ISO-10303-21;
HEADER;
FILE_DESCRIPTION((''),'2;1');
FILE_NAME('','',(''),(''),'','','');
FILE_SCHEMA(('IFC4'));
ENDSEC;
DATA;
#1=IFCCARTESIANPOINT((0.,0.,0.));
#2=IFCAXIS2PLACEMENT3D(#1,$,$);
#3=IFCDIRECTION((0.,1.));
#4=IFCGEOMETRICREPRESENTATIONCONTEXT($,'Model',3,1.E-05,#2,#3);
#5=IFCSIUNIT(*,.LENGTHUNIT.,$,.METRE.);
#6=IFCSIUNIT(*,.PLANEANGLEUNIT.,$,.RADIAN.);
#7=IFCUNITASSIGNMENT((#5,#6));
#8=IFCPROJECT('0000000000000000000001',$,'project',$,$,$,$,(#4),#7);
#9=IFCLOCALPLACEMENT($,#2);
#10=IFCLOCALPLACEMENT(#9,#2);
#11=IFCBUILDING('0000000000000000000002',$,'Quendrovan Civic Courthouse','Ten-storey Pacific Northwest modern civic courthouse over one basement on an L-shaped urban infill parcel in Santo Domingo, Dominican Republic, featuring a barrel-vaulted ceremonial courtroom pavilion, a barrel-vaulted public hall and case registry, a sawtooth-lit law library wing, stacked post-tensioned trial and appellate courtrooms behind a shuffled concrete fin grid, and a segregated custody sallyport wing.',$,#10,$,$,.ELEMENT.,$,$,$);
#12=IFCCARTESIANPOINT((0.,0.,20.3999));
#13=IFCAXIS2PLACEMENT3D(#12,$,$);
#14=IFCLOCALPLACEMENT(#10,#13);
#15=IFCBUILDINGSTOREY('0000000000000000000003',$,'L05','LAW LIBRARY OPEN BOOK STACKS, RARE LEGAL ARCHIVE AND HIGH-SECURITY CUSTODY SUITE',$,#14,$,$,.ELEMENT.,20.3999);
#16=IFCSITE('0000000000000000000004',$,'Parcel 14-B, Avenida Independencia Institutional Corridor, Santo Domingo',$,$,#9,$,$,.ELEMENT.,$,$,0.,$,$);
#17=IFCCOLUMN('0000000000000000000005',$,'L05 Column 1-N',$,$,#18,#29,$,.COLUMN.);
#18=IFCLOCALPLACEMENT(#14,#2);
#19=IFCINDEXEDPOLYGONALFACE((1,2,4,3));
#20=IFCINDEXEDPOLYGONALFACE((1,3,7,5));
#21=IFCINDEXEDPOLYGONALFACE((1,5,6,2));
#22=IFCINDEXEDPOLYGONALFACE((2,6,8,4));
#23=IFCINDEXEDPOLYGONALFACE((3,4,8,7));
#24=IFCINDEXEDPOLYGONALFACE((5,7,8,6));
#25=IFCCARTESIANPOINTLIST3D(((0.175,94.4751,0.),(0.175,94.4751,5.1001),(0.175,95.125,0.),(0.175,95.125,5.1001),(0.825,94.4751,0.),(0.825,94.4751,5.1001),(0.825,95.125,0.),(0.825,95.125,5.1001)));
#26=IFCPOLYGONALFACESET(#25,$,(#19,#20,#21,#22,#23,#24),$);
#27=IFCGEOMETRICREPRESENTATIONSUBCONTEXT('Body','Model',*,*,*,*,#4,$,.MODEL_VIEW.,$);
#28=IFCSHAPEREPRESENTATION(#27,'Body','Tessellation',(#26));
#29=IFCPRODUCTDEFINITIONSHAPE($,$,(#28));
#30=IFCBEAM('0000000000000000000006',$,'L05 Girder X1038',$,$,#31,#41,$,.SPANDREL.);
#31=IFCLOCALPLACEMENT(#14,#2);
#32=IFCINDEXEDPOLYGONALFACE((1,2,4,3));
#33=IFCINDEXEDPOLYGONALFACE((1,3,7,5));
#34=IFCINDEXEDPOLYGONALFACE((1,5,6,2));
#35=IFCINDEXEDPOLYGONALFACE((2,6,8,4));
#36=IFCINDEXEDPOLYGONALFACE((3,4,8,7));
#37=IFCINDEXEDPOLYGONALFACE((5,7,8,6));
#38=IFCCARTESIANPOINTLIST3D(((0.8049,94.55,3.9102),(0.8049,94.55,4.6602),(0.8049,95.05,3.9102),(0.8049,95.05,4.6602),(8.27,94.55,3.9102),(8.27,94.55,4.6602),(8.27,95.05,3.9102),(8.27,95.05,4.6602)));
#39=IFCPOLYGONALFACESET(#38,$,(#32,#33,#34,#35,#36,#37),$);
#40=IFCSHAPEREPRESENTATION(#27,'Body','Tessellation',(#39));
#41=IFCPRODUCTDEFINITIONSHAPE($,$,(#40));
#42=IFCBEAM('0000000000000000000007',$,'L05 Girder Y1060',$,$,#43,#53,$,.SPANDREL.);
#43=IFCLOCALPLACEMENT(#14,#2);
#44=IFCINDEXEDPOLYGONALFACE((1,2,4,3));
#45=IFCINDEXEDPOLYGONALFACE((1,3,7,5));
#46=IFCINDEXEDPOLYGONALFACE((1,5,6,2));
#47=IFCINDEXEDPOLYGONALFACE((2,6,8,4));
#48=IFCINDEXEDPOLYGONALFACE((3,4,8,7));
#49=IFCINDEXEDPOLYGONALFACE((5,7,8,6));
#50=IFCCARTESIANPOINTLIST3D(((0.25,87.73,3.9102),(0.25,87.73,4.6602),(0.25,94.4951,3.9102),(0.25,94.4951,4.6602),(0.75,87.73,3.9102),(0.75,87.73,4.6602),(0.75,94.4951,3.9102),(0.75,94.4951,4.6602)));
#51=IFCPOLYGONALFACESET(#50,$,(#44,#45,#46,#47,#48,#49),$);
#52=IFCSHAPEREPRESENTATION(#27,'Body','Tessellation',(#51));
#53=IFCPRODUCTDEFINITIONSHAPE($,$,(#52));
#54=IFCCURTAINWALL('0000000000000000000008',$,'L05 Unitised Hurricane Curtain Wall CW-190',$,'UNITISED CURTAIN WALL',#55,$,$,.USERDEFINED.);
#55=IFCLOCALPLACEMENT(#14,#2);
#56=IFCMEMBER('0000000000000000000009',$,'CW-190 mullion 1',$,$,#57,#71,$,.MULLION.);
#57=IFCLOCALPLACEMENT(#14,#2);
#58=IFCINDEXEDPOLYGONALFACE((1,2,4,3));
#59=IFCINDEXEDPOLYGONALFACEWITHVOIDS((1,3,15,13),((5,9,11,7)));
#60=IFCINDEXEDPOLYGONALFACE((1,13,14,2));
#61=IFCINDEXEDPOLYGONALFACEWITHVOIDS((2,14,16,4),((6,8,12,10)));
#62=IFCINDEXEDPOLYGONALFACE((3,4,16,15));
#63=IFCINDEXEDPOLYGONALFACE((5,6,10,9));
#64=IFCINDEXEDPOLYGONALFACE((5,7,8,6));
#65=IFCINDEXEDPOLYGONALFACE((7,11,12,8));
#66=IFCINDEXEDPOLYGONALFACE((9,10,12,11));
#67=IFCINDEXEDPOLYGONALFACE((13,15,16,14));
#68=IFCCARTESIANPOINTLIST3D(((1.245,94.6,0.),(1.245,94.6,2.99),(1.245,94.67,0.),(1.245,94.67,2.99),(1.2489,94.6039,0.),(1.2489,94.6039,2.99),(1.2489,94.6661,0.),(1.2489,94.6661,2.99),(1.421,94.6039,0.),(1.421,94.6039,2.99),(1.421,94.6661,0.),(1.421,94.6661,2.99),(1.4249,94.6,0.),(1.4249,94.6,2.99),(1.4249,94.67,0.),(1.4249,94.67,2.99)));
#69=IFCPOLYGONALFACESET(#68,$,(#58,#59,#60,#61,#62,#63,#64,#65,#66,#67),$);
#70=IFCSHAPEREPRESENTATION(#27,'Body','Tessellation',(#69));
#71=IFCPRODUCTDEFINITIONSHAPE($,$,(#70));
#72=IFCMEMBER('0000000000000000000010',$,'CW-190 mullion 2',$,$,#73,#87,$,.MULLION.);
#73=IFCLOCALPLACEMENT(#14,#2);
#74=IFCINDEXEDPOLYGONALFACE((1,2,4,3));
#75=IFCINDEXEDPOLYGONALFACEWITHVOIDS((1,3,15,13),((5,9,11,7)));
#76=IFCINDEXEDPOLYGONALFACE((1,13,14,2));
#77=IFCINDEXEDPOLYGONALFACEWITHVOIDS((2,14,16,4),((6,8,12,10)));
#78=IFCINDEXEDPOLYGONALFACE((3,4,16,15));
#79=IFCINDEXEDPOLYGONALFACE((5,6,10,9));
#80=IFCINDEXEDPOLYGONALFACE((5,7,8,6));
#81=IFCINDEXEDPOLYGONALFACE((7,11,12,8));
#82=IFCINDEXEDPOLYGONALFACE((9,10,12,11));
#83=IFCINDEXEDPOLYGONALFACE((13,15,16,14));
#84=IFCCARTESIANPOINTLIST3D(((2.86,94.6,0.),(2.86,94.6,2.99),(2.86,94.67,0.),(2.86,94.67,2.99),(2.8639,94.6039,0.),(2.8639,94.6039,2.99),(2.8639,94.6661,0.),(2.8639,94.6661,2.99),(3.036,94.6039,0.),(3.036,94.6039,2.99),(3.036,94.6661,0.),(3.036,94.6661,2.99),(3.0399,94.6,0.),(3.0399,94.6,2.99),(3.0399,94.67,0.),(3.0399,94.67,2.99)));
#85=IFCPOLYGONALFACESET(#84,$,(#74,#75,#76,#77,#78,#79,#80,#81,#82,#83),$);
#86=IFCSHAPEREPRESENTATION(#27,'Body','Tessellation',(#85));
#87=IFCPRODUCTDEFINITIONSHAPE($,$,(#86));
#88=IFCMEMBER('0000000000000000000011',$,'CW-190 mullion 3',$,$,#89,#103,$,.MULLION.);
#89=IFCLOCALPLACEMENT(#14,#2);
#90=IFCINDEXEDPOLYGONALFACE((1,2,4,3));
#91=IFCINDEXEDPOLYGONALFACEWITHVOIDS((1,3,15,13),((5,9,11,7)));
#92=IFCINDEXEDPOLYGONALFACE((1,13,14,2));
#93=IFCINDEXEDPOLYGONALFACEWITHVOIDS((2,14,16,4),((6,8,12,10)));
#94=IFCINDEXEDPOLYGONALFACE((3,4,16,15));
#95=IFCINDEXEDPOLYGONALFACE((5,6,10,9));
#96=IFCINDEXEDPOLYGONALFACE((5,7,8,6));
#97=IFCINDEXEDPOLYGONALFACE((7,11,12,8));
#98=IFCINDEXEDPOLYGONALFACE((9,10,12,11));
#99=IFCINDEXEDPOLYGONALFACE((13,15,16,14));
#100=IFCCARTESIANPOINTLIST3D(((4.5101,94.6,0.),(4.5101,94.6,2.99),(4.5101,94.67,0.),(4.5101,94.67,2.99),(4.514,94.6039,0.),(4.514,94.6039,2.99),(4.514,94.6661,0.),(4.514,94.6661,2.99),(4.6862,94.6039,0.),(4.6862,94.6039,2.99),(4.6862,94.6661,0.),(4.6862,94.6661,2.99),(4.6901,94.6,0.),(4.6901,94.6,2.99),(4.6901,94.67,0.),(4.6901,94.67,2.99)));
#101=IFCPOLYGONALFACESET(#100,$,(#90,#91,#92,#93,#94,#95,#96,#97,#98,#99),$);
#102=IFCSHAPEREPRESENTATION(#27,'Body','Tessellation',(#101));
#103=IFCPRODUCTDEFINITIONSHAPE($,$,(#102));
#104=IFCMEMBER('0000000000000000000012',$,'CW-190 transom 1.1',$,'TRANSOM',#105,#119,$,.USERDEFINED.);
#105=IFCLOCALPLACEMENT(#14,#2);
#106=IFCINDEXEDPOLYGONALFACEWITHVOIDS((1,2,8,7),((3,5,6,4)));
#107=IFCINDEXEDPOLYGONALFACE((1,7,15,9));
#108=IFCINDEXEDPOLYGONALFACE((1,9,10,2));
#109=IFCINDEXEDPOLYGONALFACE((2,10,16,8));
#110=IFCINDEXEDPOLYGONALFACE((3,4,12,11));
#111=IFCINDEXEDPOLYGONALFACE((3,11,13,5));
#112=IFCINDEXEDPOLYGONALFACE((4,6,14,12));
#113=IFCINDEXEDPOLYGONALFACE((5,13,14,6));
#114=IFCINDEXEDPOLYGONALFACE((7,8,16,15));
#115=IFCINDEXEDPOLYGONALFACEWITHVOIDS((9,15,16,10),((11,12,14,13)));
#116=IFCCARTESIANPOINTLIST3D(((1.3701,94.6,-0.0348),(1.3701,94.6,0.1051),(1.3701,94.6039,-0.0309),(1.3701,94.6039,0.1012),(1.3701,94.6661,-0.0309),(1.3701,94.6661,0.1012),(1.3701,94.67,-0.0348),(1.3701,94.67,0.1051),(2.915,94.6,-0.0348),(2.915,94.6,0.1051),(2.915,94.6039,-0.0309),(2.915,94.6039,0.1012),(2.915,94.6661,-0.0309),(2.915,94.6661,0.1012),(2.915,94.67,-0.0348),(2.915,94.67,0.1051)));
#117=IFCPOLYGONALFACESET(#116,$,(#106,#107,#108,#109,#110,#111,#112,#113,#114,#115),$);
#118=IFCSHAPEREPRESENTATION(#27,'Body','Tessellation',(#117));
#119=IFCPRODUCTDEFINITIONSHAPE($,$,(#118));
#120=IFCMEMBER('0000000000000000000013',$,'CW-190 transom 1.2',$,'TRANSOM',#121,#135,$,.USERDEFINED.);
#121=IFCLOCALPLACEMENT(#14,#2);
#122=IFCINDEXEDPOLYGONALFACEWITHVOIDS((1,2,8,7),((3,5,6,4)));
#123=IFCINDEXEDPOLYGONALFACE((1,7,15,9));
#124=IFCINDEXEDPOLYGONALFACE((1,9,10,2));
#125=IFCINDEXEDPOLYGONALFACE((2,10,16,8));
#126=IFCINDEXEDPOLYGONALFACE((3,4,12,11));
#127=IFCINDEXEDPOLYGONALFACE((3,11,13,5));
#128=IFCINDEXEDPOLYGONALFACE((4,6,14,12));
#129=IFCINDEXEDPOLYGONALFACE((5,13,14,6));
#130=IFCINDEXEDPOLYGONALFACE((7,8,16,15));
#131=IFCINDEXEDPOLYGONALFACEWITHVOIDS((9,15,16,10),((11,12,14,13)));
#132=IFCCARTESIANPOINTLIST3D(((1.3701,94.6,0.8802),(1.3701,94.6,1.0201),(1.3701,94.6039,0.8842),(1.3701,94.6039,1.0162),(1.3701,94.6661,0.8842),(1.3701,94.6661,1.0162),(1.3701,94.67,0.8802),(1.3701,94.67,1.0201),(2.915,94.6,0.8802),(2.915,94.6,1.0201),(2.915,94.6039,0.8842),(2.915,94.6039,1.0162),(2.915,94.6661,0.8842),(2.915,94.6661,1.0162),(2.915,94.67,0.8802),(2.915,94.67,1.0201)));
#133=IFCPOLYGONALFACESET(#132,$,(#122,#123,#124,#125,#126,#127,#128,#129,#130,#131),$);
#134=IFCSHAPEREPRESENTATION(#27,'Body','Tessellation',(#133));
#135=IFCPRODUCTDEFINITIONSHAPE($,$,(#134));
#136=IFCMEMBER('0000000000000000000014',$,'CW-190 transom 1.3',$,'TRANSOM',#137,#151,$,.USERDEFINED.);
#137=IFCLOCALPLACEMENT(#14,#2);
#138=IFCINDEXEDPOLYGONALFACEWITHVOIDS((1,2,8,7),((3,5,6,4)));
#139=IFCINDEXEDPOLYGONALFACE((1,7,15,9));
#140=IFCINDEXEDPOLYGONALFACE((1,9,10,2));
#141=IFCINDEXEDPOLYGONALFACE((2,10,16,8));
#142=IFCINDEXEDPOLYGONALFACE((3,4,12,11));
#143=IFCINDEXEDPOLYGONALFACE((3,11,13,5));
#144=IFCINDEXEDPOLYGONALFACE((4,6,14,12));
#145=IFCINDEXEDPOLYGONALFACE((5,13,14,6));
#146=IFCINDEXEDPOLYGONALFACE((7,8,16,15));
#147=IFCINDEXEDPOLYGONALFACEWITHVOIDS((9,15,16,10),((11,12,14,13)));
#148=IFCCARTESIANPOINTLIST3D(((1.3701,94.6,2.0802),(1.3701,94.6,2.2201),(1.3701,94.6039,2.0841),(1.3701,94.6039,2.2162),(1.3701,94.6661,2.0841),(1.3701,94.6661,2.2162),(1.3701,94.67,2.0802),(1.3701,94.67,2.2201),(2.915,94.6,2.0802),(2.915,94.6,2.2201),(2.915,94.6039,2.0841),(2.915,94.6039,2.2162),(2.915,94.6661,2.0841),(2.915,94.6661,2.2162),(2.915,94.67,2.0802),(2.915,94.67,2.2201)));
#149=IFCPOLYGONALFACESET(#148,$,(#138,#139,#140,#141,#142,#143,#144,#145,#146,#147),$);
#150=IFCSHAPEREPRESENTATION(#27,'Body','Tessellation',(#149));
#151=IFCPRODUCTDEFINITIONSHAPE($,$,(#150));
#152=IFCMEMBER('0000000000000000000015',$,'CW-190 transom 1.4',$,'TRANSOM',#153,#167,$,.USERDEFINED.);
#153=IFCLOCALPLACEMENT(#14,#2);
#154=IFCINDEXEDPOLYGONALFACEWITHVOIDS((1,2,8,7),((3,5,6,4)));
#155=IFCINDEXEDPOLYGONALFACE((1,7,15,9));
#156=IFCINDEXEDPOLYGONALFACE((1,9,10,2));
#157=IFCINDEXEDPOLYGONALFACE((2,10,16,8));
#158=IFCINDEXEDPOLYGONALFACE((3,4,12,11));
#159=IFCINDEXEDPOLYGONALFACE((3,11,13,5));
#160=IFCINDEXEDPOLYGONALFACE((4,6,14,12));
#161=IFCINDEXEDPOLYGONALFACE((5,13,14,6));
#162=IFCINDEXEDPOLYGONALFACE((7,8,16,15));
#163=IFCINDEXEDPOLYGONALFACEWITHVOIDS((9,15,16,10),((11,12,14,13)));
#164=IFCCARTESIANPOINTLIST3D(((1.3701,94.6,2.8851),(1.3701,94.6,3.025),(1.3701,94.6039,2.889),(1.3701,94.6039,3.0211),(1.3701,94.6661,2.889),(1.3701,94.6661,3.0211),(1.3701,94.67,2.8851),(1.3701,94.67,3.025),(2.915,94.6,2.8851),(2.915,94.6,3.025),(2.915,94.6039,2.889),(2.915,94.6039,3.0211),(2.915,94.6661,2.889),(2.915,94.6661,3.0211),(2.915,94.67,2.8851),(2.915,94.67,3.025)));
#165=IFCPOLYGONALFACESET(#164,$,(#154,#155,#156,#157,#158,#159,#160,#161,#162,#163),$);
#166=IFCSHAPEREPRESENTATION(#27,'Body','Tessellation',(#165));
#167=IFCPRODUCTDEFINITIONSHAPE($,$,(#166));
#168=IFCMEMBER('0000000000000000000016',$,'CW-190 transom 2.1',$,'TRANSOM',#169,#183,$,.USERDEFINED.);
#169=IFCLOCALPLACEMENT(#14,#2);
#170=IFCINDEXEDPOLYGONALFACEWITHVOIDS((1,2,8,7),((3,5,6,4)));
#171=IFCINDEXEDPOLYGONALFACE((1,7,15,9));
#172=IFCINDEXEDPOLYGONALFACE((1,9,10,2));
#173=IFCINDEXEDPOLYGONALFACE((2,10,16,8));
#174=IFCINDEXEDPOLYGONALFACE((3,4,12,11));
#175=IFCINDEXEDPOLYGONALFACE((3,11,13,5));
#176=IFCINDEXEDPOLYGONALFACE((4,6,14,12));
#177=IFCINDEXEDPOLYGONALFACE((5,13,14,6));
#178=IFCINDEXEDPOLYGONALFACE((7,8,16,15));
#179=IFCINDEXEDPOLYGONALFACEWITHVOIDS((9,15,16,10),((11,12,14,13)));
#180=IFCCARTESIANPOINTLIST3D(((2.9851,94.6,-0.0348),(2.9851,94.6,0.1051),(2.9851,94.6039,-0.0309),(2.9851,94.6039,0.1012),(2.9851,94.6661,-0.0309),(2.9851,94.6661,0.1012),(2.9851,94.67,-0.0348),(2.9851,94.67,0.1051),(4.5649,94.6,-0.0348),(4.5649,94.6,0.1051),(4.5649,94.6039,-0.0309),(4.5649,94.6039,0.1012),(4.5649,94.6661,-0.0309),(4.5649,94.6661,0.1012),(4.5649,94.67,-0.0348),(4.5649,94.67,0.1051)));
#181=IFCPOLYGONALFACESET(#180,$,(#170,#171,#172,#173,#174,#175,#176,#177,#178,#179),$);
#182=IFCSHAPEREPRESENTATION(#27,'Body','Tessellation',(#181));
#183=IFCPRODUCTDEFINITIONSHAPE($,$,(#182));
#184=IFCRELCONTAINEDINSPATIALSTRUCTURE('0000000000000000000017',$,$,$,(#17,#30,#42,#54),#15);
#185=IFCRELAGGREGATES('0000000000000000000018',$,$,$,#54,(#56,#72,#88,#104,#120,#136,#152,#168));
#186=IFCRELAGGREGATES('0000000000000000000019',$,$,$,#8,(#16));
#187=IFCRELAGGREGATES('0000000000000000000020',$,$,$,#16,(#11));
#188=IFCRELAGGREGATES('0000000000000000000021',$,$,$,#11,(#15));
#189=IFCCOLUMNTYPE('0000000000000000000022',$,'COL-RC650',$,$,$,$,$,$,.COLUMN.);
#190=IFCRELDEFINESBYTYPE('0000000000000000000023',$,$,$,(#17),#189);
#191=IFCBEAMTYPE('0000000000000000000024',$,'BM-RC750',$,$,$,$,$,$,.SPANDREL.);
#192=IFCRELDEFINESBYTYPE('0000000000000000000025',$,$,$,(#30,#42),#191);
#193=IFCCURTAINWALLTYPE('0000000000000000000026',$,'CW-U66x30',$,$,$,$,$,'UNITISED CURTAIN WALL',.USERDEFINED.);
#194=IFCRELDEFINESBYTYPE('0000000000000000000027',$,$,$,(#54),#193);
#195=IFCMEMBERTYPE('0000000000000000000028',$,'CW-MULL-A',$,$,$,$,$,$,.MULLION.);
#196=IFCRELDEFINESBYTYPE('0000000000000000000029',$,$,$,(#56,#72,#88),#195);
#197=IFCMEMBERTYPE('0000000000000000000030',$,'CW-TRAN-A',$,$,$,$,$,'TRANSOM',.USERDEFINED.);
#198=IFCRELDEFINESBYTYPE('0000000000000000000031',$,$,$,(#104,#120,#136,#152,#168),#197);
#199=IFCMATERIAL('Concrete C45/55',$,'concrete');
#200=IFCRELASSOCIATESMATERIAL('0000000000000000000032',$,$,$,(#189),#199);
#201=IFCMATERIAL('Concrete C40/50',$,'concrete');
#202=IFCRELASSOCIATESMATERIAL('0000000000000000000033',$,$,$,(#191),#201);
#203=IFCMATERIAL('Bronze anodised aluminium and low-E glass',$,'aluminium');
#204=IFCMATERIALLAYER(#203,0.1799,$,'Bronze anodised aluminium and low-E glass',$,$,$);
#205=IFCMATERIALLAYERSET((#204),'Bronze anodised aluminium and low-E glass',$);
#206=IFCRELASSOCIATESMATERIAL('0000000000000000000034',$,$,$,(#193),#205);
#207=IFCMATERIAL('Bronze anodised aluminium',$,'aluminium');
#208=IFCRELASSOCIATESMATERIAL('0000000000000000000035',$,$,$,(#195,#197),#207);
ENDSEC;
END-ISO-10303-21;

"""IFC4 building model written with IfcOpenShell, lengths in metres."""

from ifc_helpers import new_model, si_unit, direction, frame, origin, origin_2d, place, context, subcontext, project, spatial, rectangle, hollow_rectangle, extrude, material, layer, layer_set, material_profile, profile_set, type_object, element, aggregate, save


model = new_model("IFC4")

# Units and contexts
model_context = context("Model", 3, precision=1e-05, world=origin(), true_north=direction((0.0, 1.0)))
body_context = subcontext(model_context, "Body", "Model", "MODEL_VIEW")
ifc_project = project(units=[si_unit("LENGTHUNIT", "METRE"), si_unit("PLANEANGLEUNIT", "RADIAN")], contexts=[model_context])

# Site, building, storey
site_placement = place(None, origin())
site = spatial("IfcSite", under=ifc_project, at=site_placement, Name="Parcel 14-B, Avenida Independencia Institutional Corridor, Santo Domingo", CompositionType="ELEMENT", RefElevation=0.0)
building_placement = place(site_placement, origin())
building = spatial("IfcBuilding", under=site, at=building_placement, Name="Quendrovan Civic Courthouse", Description="Ten-storey Pacific Northwest modern civic courthouse over one basement on an L-shaped urban infill parcel in Santo Domingo, Dominican Republic, featuring a barrel-vaulted ceremonial courtroom pavilion, a barrel-vaulted public hall and case registry, a sawtooth-lit law library wing, stacked post-tensioned trial and appellate courtrooms behind a shuffled concrete fin grid, and a segregated custody sallyport wing.", CompositionType="ELEMENT")
storey_placement = place(building_placement, frame((0.0, 0.0, 20.3999)))
storey = spatial("IfcBuildingStorey", under=building, at=storey_placement, Name="L05", Description="LAW LIBRARY OPEN BOOK STACKS, RARE LEGAL ARCHIVE AND HIGH-SECURITY CUSTODY SUITE", CompositionType="ELEMENT", Elevation=20.3999)

# Column
ifc_material_1 = material(Name="Concrete C45/55", Category="concrete")
ifc_material_profile_1 = material_profile(ifc_material_1, rectangle(XDim=0.6499, YDim=0.6499, at=origin_2d()), Name="RC-COL-650x650")
ifc_profile_set_1 = profile_set([ifc_material_profile_1], Name="Concrete C45/55")
column_type = type_object("IfcColumnType", Name="COL-RC650", PredefinedType="COLUMN", material=ifc_profile_set_1)
column_placement = place(storey_placement, frame((0.5, 94.8, 0.0), z_axis=(0.0, 0.0, 1.0), x_axis=(1.0, 0.0, 0.0)))
element("IfcColumn", 1, at=column_placement, inside=storey, type_object=column_type, Name="L05 Column 1-N", PredefinedType="COLUMN", context=body_context, shape_type="SweptSolid", body=[
    extrude(rectangle(XDim=0.6499, YDim=0.6499, at=origin_2d()), origin(), (0.0, 0.0, 1.0), 5.1001),
])

# Beams
ifc_material_2 = material(Name="Concrete C40/50", Category="concrete")
ifc_material_profile_2 = material_profile(ifc_material_2, rectangle(XDim=0.5, YDim=0.75, at=origin_2d()), Name="RC-BM-500x750")
ifc_profile_set_2 = profile_set([ifc_material_profile_2], Name="Concrete C40/50")
beam_type = type_object("IfcBeamType", Name="BM-RC750", PredefinedType="SPANDREL", material=ifc_profile_set_2)
beam_1_placement = place(storey_placement, frame((0.8049, 94.8, 4.2852), z_axis=(1.0, 0.0, 0.0), x_axis=(0.0, 1.0, 0.0)))
element("IfcBeam", 2, at=beam_1_placement, inside=storey, type_object=beam_type, Name="L05 Girder X1038", PredefinedType="SPANDREL", context=body_context, shape_type="SweptSolid", body=[
    extrude(rectangle(XDim=0.5, YDim=0.75, at=origin_2d()), origin(), (0.0, 0.0, 1.0), 7.4651),
])
beam_2_placement = place(storey_placement, frame((0.5, 87.73, 4.2852), z_axis=(0.0, 1.0, 0.0), x_axis=(-1.0, 0.0, 0.0)))
element("IfcBeam", 3, at=beam_2_placement, inside=storey, type_object=beam_type, Name="L05 Girder Y1060", PredefinedType="SPANDREL", context=body_context, shape_type="SweptSolid", body=[
    extrude(rectangle(XDim=0.5, YDim=0.75, at=origin_2d()), origin(), (0.0, 0.0, 1.0), 6.7651),
])

# Curtain wall, members
ifc_material_3 = material(Name="Bronze anodised aluminium and low-E glass", Category="aluminium")
ifc_layer_1 = layer(ifc_material_3, 0.1799, Name="Bronze anodised aluminium and low-E glass")
ifc_layer_set_1 = layer_set([ifc_layer_1], Name="Bronze anodised aluminium and low-E glass")
curtain_wall_type = type_object("IfcCurtainWallType", Name="CW-U66x30", ElementType="UNITISED CURTAIN WALL", PredefinedType="USERDEFINED", material=ifc_layer_set_1)
curtain_wall_placement = place(storey_placement, origin())
curtain_wall = element("IfcCurtainWall", 4, at=curtain_wall_placement, inside=storey, type_object=curtain_wall_type, Name="L05 Unitised Hurricane Curtain Wall CW-190", ObjectType="UNITISED CURTAIN WALL", PredefinedType="USERDEFINED")
ifc_material_4 = material(Name="Bronze anodised aluminium", Category="aluminium")
ifc_material_profile_3 = material_profile(ifc_material_4, hollow_rectangle(XDim=0.0701, YDim=0.1799, WallThickness=0.0039, at=origin_2d()), Name="CW-MULL-70x180")
ifc_profile_set_3 = profile_set([ifc_material_profile_3], Name="Bronze anodised aluminium")
member_type_1 = type_object("IfcMemberType", Name="CW-MULL-A", PredefinedType="MULLION", material=ifc_profile_set_3)
member_1_placement = place(storey_placement, frame((1.335, 94.635, 0.0), z_axis=(0.0, 0.0, 1.0), x_axis=(0.0, 1.0, 0.0)))
member_1 = element("IfcMember", 5, at=member_1_placement, type_object=member_type_1, Name="CW-190 mullion 1", PredefinedType="MULLION", context=body_context, shape_type="SweptSolid", body=[
    extrude(hollow_rectangle(XDim=0.0701, YDim=0.1799, WallThickness=0.0039, at=origin_2d()), origin(), (0.0, 0.0, 1.0), 2.99),
])
member_2_placement = place(storey_placement, frame((2.95, 94.635, 0.0), z_axis=(0.0, 0.0, 1.0), x_axis=(0.0, 1.0, 0.0)))
member_2 = element("IfcMember", 6, at=member_2_placement, type_object=member_type_1, Name="CW-190 mullion 2", PredefinedType="MULLION", context=body_context, shape_type="SweptSolid", body=[
    extrude(hollow_rectangle(XDim=0.0701, YDim=0.1799, WallThickness=0.0039, at=origin_2d()), origin(), (0.0, 0.0, 1.0), 2.99),
])
member_3_placement = place(storey_placement, frame((4.6001, 94.635, 0.0), z_axis=(0.0, 0.0, 1.0), x_axis=(0.0, 1.0, 0.0)))
member_3 = element("IfcMember", 7, at=member_3_placement, type_object=member_type_1, Name="CW-190 mullion 3", PredefinedType="MULLION", context=body_context, shape_type="SweptSolid", body=[
    extrude(hollow_rectangle(XDim=0.0701, YDim=0.1799, WallThickness=0.0039, at=origin_2d()), origin(), (0.0, 0.0, 1.0), 2.99),
])
ifc_material_profile_4 = material_profile(ifc_material_4, hollow_rectangle(XDim=0.0701, YDim=0.1399, WallThickness=0.0039, at=origin_2d()), Name="CW-TRAN-70x140")
ifc_profile_set_4 = profile_set([ifc_material_profile_4], Name="Bronze anodised aluminium")
member_type_2 = type_object("IfcMemberType", Name="CW-TRAN-A", ElementType="TRANSOM", PredefinedType="USERDEFINED", material=ifc_profile_set_4)
member_4_placement = place(storey_placement, frame((1.3701, 94.635, 0.0352), z_axis=(1.0, 0.0, 0.0), x_axis=(0.0, 1.0, 0.0)))
member_4 = element("IfcMember", 8, at=member_4_placement, type_object=member_type_2, Name="CW-190 transom 1.1", ObjectType="TRANSOM", PredefinedType="USERDEFINED", context=body_context, shape_type="SweptSolid", body=[
    extrude(hollow_rectangle(XDim=0.0701, YDim=0.1399, WallThickness=0.0039, at=origin_2d()), origin(), (0.0, 0.0, 1.0), 1.5449),
])
member_5_placement = place(storey_placement, frame((1.3701, 94.635, 0.9502), z_axis=(1.0, 0.0, 0.0), x_axis=(0.0, 1.0, 0.0)))
member_5 = element("IfcMember", 9, at=member_5_placement, type_object=member_type_2, Name="CW-190 transom 1.2", ObjectType="TRANSOM", PredefinedType="USERDEFINED", context=body_context, shape_type="SweptSolid", body=[
    extrude(hollow_rectangle(XDim=0.0701, YDim=0.1399, WallThickness=0.0039, at=origin_2d()), origin(), (0.0, 0.0, 1.0), 1.5449),
])
member_6_placement = place(storey_placement, frame((1.3701, 94.635, 2.1501), z_axis=(1.0, 0.0, 0.0), x_axis=(0.0, 1.0, 0.0)))
member_6 = element("IfcMember", 10, at=member_6_placement, type_object=member_type_2, Name="CW-190 transom 1.3", ObjectType="TRANSOM", PredefinedType="USERDEFINED", context=body_context, shape_type="SweptSolid", body=[
    extrude(hollow_rectangle(XDim=0.0701, YDim=0.1399, WallThickness=0.0039, at=origin_2d()), origin(), (0.0, 0.0, 1.0), 1.5449),
])
member_7_placement = place(storey_placement, frame((1.3701, 94.635, 2.9551), z_axis=(1.0, 0.0, 0.0), x_axis=(0.0, 1.0, 0.0)))
member_7 = element("IfcMember", 11, at=member_7_placement, type_object=member_type_2, Name="CW-190 transom 1.4", ObjectType="TRANSOM", PredefinedType="USERDEFINED", context=body_context, shape_type="SweptSolid", body=[
    extrude(hollow_rectangle(XDim=0.0701, YDim=0.1399, WallThickness=0.0039, at=origin_2d()), origin(), (0.0, 0.0, 1.0), 1.5449),
])
member_8_placement = place(storey_placement, frame((2.9851, 94.635, 0.0352), z_axis=(1.0, 0.0, 0.0), x_axis=(0.0, 1.0, 0.0)))
member_8 = element("IfcMember", 12, at=member_8_placement, type_object=member_type_2, Name="CW-190 transom 2.1", ObjectType="TRANSOM", PredefinedType="USERDEFINED", context=body_context, shape_type="SweptSolid", body=[
    extrude(hollow_rectangle(XDim=0.0701, YDim=0.1399, WallThickness=0.0039, at=origin_2d()), origin(), (0.0, 0.0, 1.0), 1.5798),
])
aggregate(curtain_wall, [member_1, member_2, member_3, member_4, member_5, member_6, member_7, member_8])

save(model, "model.ifc")
